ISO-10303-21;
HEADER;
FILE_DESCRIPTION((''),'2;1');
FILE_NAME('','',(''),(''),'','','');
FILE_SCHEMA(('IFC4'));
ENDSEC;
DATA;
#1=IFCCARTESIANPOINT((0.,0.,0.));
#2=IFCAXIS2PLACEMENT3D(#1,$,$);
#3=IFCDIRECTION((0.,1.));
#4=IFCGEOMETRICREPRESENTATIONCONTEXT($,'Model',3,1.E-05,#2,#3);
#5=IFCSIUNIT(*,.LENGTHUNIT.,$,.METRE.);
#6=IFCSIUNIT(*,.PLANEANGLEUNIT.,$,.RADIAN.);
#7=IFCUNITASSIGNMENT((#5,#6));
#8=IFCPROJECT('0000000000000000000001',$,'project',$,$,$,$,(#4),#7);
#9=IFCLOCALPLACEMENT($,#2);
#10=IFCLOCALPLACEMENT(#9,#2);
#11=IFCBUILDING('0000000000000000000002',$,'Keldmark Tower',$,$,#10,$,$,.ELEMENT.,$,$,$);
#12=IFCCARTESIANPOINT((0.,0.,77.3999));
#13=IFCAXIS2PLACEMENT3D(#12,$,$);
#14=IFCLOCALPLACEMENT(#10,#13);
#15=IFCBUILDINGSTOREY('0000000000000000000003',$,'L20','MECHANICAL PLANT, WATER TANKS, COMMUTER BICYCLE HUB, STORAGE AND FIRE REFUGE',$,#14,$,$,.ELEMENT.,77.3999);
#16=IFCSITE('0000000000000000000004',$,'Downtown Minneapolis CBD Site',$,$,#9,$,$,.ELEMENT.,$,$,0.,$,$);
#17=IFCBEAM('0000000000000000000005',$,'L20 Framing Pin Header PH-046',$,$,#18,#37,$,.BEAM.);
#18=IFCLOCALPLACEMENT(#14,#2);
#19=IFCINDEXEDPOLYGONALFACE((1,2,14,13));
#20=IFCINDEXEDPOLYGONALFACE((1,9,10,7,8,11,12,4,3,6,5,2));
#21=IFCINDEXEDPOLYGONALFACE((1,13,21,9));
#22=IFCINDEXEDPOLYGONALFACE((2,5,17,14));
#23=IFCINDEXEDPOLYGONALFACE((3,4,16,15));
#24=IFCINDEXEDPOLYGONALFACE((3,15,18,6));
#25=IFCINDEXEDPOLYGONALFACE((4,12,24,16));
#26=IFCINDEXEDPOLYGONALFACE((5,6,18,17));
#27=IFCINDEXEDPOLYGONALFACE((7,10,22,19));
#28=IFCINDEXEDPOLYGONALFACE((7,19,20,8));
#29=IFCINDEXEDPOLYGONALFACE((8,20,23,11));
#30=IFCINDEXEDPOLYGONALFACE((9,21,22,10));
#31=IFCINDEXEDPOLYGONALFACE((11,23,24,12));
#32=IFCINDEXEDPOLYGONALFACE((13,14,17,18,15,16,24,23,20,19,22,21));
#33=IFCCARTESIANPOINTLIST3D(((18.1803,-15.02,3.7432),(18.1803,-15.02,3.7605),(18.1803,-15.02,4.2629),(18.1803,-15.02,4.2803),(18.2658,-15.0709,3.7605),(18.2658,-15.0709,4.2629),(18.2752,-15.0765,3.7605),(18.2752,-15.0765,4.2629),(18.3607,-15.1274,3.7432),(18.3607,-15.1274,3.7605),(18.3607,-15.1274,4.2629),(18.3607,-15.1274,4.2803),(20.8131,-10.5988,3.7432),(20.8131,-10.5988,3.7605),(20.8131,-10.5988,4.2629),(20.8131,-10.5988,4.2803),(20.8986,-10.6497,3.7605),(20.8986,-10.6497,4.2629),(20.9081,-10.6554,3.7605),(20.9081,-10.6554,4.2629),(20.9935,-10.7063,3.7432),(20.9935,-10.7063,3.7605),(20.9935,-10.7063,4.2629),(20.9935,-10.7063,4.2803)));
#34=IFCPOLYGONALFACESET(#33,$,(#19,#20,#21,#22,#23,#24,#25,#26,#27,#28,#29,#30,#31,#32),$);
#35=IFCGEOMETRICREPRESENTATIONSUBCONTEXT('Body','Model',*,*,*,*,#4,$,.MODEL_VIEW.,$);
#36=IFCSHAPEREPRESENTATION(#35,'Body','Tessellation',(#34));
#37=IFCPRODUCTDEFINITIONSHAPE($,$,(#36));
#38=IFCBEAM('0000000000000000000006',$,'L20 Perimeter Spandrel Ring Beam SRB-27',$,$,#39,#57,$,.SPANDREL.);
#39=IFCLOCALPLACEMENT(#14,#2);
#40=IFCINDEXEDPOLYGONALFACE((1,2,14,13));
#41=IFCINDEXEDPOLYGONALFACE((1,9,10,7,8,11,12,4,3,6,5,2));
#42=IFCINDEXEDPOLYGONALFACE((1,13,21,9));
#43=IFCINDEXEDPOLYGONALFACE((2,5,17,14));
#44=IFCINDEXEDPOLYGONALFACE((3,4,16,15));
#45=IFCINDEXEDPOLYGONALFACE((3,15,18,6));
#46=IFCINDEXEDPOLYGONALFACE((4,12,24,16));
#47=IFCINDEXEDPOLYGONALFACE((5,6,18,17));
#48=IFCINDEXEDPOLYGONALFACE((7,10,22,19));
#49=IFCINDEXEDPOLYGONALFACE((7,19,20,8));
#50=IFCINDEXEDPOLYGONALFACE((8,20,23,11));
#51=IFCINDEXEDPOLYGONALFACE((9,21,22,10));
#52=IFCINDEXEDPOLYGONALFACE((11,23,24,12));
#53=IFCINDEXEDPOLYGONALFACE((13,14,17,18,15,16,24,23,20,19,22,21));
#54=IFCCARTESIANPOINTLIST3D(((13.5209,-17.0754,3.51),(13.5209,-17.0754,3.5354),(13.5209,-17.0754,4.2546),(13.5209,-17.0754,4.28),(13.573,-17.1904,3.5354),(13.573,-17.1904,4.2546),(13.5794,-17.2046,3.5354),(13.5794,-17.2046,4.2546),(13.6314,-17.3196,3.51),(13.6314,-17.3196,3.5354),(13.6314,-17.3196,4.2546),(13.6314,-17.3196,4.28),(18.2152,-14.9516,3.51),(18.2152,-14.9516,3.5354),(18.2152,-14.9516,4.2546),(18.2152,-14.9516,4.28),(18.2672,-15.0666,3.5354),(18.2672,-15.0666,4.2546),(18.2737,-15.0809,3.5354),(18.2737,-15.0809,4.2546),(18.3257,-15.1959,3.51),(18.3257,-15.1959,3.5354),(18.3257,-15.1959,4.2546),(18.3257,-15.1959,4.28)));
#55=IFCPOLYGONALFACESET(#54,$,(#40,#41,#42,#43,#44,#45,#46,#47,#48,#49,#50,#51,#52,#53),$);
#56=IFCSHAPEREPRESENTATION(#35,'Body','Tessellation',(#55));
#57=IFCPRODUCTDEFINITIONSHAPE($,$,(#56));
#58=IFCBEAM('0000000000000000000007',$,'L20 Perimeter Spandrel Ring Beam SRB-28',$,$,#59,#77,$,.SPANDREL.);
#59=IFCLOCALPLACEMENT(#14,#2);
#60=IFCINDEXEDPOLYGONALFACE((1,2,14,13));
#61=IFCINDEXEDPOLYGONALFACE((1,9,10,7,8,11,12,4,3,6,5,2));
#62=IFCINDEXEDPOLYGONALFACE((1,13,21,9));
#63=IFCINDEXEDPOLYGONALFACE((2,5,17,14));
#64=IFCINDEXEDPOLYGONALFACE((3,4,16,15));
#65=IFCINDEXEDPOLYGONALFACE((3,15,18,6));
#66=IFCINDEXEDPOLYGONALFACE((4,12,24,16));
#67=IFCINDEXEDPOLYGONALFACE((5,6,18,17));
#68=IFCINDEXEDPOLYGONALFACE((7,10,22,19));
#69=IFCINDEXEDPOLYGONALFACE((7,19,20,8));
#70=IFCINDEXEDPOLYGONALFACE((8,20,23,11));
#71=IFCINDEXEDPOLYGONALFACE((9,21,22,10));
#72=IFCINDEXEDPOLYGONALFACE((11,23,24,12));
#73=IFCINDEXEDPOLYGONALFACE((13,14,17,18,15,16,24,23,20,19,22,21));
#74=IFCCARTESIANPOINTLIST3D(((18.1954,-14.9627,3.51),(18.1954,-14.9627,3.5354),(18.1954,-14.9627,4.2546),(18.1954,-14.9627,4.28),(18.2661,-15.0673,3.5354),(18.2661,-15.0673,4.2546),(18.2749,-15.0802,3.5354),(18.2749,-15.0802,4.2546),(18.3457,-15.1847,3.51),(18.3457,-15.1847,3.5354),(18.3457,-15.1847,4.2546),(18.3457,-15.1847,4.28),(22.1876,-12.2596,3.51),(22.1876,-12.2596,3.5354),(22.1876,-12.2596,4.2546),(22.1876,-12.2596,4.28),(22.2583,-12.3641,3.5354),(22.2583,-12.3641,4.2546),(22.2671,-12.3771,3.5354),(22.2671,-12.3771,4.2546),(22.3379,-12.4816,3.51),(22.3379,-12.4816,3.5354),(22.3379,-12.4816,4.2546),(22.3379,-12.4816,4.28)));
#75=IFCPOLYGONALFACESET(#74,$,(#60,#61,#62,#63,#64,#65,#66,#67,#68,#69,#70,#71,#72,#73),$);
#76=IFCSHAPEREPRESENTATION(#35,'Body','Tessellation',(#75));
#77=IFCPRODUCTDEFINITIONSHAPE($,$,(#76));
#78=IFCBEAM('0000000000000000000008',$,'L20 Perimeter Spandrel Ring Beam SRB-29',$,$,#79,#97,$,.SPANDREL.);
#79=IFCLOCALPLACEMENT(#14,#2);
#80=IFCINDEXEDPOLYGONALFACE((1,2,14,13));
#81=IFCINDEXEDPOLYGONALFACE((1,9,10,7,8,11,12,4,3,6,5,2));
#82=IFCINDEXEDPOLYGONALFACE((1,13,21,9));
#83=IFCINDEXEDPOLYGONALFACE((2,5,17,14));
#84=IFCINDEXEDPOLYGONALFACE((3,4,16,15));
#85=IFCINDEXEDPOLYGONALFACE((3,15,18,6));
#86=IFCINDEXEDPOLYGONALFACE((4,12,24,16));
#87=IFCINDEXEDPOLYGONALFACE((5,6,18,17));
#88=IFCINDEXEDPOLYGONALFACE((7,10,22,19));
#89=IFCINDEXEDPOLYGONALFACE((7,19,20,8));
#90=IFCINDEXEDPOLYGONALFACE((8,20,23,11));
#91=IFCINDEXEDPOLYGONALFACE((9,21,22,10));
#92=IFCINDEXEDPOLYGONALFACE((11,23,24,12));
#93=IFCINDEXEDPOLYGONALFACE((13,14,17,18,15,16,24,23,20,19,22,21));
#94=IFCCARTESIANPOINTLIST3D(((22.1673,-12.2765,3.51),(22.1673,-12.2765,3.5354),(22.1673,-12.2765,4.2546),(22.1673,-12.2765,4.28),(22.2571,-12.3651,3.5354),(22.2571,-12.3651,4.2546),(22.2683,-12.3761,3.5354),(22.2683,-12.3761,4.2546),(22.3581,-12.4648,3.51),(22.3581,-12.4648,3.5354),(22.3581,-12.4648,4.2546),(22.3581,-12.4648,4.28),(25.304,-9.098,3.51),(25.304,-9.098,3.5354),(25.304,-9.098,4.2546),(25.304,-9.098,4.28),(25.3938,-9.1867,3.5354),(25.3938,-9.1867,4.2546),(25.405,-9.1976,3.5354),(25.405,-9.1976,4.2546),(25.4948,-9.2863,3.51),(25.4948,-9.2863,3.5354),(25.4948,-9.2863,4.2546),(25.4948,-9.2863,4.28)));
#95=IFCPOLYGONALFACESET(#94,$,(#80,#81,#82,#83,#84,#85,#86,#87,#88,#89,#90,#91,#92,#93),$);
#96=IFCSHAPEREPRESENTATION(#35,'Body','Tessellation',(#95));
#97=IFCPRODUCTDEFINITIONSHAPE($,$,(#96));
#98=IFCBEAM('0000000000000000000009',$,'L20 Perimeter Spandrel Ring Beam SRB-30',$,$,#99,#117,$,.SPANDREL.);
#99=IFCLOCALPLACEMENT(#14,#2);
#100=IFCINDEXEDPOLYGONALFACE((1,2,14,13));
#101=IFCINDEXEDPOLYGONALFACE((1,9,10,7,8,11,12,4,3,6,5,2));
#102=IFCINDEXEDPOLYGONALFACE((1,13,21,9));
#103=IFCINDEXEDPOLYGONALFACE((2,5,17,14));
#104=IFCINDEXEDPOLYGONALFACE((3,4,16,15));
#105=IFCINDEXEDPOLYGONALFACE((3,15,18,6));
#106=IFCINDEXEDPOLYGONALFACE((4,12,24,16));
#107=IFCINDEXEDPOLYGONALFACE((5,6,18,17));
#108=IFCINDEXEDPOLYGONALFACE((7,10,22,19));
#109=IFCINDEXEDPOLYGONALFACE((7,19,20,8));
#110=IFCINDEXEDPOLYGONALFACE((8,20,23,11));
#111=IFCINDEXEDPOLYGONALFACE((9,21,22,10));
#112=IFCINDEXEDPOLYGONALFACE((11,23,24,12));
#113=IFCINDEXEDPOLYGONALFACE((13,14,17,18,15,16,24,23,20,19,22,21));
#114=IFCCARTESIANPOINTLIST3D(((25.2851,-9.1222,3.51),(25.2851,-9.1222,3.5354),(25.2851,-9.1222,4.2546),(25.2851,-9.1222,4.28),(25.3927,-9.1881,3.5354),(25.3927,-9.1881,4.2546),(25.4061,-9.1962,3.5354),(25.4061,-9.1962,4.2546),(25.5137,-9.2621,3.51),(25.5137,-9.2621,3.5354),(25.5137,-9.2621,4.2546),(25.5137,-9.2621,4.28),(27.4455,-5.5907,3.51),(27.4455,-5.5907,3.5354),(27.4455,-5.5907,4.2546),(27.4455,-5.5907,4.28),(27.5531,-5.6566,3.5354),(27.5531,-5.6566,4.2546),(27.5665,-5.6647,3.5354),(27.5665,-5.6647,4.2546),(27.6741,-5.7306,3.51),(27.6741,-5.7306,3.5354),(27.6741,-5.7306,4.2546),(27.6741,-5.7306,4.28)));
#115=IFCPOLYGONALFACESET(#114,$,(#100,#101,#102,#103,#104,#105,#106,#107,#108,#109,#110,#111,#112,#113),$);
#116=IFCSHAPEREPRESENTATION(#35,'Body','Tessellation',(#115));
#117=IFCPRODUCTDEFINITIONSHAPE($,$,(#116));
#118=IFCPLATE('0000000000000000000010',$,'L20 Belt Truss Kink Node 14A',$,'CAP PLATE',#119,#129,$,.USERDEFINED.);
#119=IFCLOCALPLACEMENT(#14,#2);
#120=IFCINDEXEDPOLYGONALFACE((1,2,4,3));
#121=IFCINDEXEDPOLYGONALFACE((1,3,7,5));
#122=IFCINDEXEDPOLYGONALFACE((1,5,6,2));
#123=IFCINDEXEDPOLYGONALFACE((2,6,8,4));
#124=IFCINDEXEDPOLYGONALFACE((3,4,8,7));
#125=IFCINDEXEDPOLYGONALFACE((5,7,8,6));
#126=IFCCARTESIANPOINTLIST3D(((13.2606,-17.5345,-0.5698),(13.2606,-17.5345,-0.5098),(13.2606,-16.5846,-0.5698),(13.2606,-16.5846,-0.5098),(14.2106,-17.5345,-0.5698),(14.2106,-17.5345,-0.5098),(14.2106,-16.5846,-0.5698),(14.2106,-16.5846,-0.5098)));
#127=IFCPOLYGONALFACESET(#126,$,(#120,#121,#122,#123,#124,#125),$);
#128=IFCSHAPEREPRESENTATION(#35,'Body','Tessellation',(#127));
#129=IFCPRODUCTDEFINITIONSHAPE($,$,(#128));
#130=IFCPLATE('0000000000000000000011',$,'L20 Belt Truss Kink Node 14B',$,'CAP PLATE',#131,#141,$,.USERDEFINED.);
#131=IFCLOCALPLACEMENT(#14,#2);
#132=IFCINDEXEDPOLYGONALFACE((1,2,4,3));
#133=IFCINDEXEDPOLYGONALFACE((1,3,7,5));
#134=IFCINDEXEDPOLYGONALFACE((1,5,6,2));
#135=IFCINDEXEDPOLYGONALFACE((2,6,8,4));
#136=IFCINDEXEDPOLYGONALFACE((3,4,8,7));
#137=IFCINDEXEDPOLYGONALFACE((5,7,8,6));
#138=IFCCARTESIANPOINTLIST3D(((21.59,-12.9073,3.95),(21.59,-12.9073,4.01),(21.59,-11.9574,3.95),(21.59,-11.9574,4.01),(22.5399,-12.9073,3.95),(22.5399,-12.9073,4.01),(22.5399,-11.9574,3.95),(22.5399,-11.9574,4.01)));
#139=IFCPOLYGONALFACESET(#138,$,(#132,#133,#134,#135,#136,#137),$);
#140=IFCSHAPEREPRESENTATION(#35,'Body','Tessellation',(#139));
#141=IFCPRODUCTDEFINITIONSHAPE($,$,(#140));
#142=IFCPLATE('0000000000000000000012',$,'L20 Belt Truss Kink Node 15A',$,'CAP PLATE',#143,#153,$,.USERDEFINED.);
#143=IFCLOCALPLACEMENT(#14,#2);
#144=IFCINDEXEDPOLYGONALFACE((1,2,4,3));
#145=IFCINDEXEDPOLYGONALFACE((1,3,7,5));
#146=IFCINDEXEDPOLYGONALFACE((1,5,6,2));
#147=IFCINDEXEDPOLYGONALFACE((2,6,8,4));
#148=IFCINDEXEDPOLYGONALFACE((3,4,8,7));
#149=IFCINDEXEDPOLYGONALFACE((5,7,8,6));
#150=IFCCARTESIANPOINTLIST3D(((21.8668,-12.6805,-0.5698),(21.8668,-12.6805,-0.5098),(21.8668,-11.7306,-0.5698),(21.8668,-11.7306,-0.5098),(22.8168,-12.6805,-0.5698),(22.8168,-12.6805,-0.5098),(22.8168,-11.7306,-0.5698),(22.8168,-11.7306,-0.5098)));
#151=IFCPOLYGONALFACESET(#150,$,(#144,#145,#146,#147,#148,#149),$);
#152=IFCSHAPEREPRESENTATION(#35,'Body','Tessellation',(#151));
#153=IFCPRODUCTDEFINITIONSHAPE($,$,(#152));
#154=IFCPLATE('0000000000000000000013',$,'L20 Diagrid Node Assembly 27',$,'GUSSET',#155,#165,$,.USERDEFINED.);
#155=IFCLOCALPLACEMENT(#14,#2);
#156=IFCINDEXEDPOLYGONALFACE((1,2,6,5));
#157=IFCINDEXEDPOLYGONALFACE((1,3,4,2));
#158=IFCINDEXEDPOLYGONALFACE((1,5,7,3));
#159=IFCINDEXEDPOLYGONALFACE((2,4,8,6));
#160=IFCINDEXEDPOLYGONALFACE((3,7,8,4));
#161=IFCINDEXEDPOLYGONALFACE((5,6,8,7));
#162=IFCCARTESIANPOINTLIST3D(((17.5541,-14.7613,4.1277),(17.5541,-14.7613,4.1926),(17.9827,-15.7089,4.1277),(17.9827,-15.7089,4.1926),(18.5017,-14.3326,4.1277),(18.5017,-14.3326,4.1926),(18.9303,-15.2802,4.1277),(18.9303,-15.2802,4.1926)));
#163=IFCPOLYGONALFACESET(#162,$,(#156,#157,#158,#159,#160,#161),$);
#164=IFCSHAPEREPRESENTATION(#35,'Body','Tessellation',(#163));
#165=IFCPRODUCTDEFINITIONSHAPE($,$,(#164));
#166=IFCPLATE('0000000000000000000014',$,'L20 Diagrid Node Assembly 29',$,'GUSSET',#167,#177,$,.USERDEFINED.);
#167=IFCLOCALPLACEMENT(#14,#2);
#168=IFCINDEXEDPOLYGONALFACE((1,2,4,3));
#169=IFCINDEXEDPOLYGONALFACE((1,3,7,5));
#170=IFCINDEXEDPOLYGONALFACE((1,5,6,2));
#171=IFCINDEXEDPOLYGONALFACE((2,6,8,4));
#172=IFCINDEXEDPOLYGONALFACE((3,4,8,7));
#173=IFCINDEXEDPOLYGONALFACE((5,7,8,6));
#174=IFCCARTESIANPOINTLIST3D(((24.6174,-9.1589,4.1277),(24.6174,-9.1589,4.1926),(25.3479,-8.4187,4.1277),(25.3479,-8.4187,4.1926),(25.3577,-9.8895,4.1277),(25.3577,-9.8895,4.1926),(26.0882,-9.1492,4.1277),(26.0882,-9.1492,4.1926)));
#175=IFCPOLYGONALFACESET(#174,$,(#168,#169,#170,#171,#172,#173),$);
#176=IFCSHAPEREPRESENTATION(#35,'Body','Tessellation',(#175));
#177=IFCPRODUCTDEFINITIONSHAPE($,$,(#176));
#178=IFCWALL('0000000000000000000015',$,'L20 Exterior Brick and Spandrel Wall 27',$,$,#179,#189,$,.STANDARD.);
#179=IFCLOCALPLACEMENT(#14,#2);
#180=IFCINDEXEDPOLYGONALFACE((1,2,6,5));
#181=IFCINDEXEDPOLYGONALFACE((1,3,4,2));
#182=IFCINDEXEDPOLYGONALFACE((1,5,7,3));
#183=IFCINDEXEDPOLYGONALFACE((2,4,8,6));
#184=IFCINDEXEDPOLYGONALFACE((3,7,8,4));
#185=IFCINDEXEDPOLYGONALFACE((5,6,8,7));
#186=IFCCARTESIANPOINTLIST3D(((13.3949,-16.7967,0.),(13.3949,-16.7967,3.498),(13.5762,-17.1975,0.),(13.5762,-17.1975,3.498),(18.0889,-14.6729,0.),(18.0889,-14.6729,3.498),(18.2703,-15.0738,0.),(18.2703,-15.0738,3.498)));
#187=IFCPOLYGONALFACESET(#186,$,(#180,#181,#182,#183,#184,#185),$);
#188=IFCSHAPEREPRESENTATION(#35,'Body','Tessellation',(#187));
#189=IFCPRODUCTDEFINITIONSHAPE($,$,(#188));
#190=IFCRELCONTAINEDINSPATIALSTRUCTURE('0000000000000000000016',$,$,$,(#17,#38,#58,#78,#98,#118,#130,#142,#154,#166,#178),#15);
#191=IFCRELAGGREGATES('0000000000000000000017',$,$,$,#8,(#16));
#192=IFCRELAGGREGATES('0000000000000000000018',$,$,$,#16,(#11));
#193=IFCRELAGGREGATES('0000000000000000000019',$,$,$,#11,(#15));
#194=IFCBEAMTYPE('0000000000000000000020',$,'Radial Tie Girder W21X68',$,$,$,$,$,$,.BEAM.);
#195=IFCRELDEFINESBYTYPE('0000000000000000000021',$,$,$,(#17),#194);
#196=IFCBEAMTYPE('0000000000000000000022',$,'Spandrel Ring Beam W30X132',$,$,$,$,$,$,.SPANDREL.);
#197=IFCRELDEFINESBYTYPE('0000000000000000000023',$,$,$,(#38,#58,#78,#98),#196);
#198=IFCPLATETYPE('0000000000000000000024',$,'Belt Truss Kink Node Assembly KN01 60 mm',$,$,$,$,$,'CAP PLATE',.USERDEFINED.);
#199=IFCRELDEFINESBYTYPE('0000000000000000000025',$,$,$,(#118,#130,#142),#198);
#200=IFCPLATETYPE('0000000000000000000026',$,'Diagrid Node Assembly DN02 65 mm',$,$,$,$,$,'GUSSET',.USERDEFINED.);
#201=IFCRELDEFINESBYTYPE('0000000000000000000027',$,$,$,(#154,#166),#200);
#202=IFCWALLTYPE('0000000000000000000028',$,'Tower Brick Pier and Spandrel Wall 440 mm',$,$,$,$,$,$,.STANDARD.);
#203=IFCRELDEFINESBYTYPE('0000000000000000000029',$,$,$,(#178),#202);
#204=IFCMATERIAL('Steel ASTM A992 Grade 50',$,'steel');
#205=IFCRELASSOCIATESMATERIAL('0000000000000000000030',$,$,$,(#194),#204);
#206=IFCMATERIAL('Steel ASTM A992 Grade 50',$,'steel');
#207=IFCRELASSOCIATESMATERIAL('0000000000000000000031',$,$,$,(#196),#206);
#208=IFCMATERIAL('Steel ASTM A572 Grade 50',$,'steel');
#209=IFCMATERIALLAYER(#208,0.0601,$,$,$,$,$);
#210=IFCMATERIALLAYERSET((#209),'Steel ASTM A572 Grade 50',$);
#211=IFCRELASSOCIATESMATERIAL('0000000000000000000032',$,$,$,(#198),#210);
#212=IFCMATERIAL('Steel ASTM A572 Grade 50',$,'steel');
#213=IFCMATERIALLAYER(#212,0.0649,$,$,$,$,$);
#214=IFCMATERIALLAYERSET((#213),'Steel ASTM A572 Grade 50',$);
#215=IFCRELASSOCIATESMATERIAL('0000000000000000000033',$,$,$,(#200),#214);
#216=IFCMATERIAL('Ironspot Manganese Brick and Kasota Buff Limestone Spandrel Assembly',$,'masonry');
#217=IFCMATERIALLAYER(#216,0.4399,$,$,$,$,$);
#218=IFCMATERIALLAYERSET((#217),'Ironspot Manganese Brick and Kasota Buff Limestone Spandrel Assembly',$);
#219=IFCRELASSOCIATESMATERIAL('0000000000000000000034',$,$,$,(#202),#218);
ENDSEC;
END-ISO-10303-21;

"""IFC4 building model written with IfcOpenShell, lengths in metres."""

from ifc_helpers import new_model, si_unit, direction, frame, frame_2d, origin, origin_2d, place, context, subcontext, project, spatial, rectangle, i_section, extrude, material, layer, layer_set, material_profile, profile_set, type_object, element, save


model = new_model("IFC4")

# Units and contexts
model_context = context("Model", 3, precision=1e-05, world=origin(), true_north=direction((0.0, 1.0)))
body_context = subcontext(model_context, "Body", "Model", "MODEL_VIEW")
ifc_project = project(units=[si_unit("LENGTHUNIT", "METRE"), si_unit("PLANEANGLEUNIT", "RADIAN")], contexts=[model_context])

# Site, building, storey
site_placement = place(None, origin())
site = spatial("IfcSite", under=ifc_project, at=site_placement, Name="Downtown Minneapolis CBD Site", CompositionType="ELEMENT", RefElevation=0.0)
building_placement = place(site_placement, origin())
building = spatial("IfcBuilding", under=site, at=building_placement, Name="Keldmark Tower", CompositionType="ELEMENT")
storey_placement = place(building_placement, frame((0.0, 0.0, 77.3999)))
storey = spatial("IfcBuildingStorey", under=building, at=storey_placement, Name="L20", Description="MECHANICAL PLANT, WATER TANKS, COMMUTER BICYCLE HUB, STORAGE AND FIRE REFUGE", CompositionType="ELEMENT", Elevation=77.3999)

# Beams
ifc_material_1 = material(Name="Steel ASTM A992 Grade 50", Category="steel")
ifc_material_profile_1 = material_profile(ifc_material_1, i_section(OverallWidth=0.21, OverallDepth=0.5371, WebThickness=0.011, FlangeThickness=0.0173, at=origin_2d()), Name="W21X68")
ifc_profile_set_1 = profile_set([ifc_material_profile_1], Name="Steel ASTM A992 Grade 50")
beam_type_1 = type_object("IfcBeamType", Name="Radial Tie Girder W21X68", PredefinedType="BEAM", material=ifc_profile_set_1)
beam_1_placement = place(storey_placement, frame((18.2705, -15.0737, 4.0117), z_axis=(0.511653, 0.859192, 0.0), x_axis=(-0.859192, 0.511653, 0.0)))
element("IfcBeam", 1, at=beam_1_placement, inside=storey, type_object=beam_type_1, Name="L20 Framing Pin Header PH-046", PredefinedType="BEAM", context=body_context, shape_type="SweptSolid", body=[
    extrude(i_section(OverallWidth=0.21, OverallDepth=0.5371, WebThickness=0.011, FlangeThickness=0.0173, at=origin_2d()), origin(), (0.0, 0.0, 1.0), 5.1458),
])
ifc_material_2 = material(Name="Steel ASTM A992 Grade 50", Category="steel")
ifc_material_profile_2 = material_profile(ifc_material_2, i_section(OverallWidth=0.2681, OverallDepth=0.77, WebThickness=0.0156, FlangeThickness=0.0254, at=origin_2d()), Name="W30X132")
ifc_profile_set_2 = profile_set([ifc_material_profile_2], Name="Steel ASTM A992 Grade 50")
beam_type_2 = type_object("IfcBeamType", Name="Spandrel Ring Beam W30X132", PredefinedType="SPANDREL", material=ifc_profile_set_2)
beam_2_placement = place(storey_placement, frame((13.5762, -17.1975, 3.895), z_axis=(0.911097, 0.412192, 0.0), x_axis=(-0.412192, 0.911097, 0.0)))
element("IfcBeam", 2, at=beam_2_placement, inside=storey, type_object=beam_type_2, Name="L20 Perimeter Spandrel Ring Beam SRB-27", PredefinedType="SPANDREL", context=body_context, shape_type="SweptSolid", body=[
    extrude(i_section(OverallWidth=0.2681, OverallDepth=0.77, WebThickness=0.0156, FlangeThickness=0.0254, at=origin_2d()), origin(), (0.0, 0.0, 1.0), 5.1523),
])
beam_3_placement = place(storey_placement, frame((18.2705, -15.0737, 3.895), z_axis=(0.82804, 0.560669, 0.0), x_axis=(-0.560669, 0.82804, 0.0)))
element("IfcBeam", 3, at=beam_3_placement, inside=storey, type_object=beam_type_2, Name="L20 Perimeter Spandrel Ring Beam SRB-28", PredefinedType="SPANDREL", context=body_context, shape_type="SweptSolid", body=[
    extrude(i_section(OverallWidth=0.2681, OverallDepth=0.77, WebThickness=0.0156, FlangeThickness=0.0254, at=origin_2d()), origin(), (0.0, 0.0, 1.0), 4.8213),
])
beam_4_placement = place(storey_placement, frame((22.2627, -12.3706, 3.895), z_axis=(0.702417, 0.711766, 0.0), x_axis=(-0.711766, 0.702417, 0.0)))
element("IfcBeam", 4, at=beam_4_placement, inside=storey, type_object=beam_type_2, Name="L20 Perimeter Spandrel Ring Beam SRB-29", PredefinedType="SPANDREL", context=body_context, shape_type="SweptSolid", body=[
    extrude(i_section(OverallWidth=0.2681, OverallDepth=0.77, WebThickness=0.0156, FlangeThickness=0.0254, at=origin_2d()), origin(), (0.0, 0.0, 1.0), 4.4656),
])
beam_5_placement = place(storey_placement, frame((25.3994, -9.1921, 3.895), z_axis=(0.521848, 0.853038, 0.0), x_axis=(-0.853038, 0.521848, 0.0)))
element("IfcBeam", 5, at=beam_5_placement, inside=storey, type_object=beam_type_2, Name="L20 Perimeter Spandrel Ring Beam SRB-30", PredefinedType="SPANDREL", context=body_context, shape_type="SweptSolid", body=[
    extrude(i_section(OverallWidth=0.2681, OverallDepth=0.77, WebThickness=0.0156, FlangeThickness=0.0254, at=origin_2d()), origin(), (0.0, 0.0, 1.0), 4.1399),
])

# Plates
ifc_material_3 = material(Name="Steel ASTM A572 Grade 50", Category="steel")
ifc_layer_1 = layer(ifc_material_3, 0.0601)
ifc_layer_set_1 = layer_set([ifc_layer_1], Name="Steel ASTM A572 Grade 50")
plate_type_1 = type_object("IfcPlateType", Name="Belt Truss Kink Node Assembly KN01 60 mm", ElementType="CAP PLATE", PredefinedType="USERDEFINED", material=ifc_layer_set_1)
for number, where, z_axis, x_axis, name in (
    (6, (13.7356, -17.0596, -0.5698), (0.0, 0.0, 1.0), (1.0, 0.0, 0.0), "L20 Belt Truss Kink Node 14A"),
    (7, (22.0649, -12.4324, 3.95), (0.0, 0.0, 1.0), (1.0, 0.0, 0.0), "L20 Belt Truss Kink Node 14B"),
    (8, (22.3418, -12.2056, -0.5698), (0.0, 0.0, 1.0), (1.0, 0.0, 0.0), "L20 Belt Truss Kink Node 15A"),
):
    element("IfcPlate", number, at=place(storey_placement, frame(where, z_axis=z_axis, x_axis=x_axis)), inside=storey, type_object=plate_type_1, Name=name, ObjectType="CAP PLATE", PredefinedType="USERDEFINED", context=body_context, shape_type="SweptSolid", body=[
        extrude(rectangle(XDim=0.95, YDim=0.95, at=origin_2d()), origin(), (0.0, 0.0, 1.0), 0.0601),
    ])
ifc_material_4 = material(Name="Steel ASTM A572 Grade 50", Category="steel")
ifc_layer_2 = layer(ifc_material_4, 0.0649)
ifc_layer_set_2 = layer_set([ifc_layer_2], Name="Steel ASTM A572 Grade 50")
plate_type_2 = type_object("IfcPlateType", Name="Diagrid Node Assembly DN02 65 mm", ElementType="GUSSET", PredefinedType="USERDEFINED", material=ifc_layer_set_2)
for number, where, z_axis, x_axis, name in (
    (9, (18.2422, -15.0208, 4.1277), (0.0, 0.0, 1.0), (0.911116, 0.412151, 0.0), "L20 Diagrid Node Assembly 27"),
    (10, (25.3528, -9.1541, 4.1277), (0.0, 0.0, 1.0), (0.702402, 0.711781, 0.0), "L20 Diagrid Node Assembly 29"),
):
    element("IfcPlate", number, at=place(storey_placement, frame(where, z_axis=z_axis, x_axis=x_axis)), inside=storey, type_object=plate_type_2, Name=name, ObjectType="GUSSET", PredefinedType="USERDEFINED", context=body_context, shape_type="SweptSolid", body=[
        extrude(rectangle(XDim=1.04, YDim=1.04, at=origin_2d()), origin(), (0.0, 0.0, 1.0), 0.0649),
    ])

# Wall
ifc_material_5 = material(Name="Ironspot Manganese Brick and Kasota Buff Limestone Spandrel Assembly", Category="masonry")
ifc_layer_3 = layer(ifc_material_5, 0.4399)
ifc_layer_set_3 = layer_set([ifc_layer_3], Name="Ironspot Manganese Brick and Kasota Buff Limestone Spandrel Assembly")
wall_type_1 = type_object("IfcWallType", Name="Tower Brick Pier and Spandrel Wall 440 mm", PredefinedType="STANDARD", material=ifc_layer_set_3)
wall_1_placement = place(storey_placement, frame((18.1797, -14.8733, 0.0), z_axis=(0.0, 0.0, 1.0), x_axis=(-0.911089, -0.41221, 0.0)))
element("IfcWall", 11, at=wall_1_placement, inside=storey, type_object=wall_type_1, Name="L20 Exterior Brick and Spandrel Wall 27", PredefinedType="STANDARD", context=body_context, shape_type="SweptSolid", body=[
    extrude(rectangle(XDim=5.1521, YDim=0.4399, at=frame_2d((2.5762, 0.0))), origin(), (0.0, 0.0, 1.0), 3.498),
])

save(model, "model.ifc")
